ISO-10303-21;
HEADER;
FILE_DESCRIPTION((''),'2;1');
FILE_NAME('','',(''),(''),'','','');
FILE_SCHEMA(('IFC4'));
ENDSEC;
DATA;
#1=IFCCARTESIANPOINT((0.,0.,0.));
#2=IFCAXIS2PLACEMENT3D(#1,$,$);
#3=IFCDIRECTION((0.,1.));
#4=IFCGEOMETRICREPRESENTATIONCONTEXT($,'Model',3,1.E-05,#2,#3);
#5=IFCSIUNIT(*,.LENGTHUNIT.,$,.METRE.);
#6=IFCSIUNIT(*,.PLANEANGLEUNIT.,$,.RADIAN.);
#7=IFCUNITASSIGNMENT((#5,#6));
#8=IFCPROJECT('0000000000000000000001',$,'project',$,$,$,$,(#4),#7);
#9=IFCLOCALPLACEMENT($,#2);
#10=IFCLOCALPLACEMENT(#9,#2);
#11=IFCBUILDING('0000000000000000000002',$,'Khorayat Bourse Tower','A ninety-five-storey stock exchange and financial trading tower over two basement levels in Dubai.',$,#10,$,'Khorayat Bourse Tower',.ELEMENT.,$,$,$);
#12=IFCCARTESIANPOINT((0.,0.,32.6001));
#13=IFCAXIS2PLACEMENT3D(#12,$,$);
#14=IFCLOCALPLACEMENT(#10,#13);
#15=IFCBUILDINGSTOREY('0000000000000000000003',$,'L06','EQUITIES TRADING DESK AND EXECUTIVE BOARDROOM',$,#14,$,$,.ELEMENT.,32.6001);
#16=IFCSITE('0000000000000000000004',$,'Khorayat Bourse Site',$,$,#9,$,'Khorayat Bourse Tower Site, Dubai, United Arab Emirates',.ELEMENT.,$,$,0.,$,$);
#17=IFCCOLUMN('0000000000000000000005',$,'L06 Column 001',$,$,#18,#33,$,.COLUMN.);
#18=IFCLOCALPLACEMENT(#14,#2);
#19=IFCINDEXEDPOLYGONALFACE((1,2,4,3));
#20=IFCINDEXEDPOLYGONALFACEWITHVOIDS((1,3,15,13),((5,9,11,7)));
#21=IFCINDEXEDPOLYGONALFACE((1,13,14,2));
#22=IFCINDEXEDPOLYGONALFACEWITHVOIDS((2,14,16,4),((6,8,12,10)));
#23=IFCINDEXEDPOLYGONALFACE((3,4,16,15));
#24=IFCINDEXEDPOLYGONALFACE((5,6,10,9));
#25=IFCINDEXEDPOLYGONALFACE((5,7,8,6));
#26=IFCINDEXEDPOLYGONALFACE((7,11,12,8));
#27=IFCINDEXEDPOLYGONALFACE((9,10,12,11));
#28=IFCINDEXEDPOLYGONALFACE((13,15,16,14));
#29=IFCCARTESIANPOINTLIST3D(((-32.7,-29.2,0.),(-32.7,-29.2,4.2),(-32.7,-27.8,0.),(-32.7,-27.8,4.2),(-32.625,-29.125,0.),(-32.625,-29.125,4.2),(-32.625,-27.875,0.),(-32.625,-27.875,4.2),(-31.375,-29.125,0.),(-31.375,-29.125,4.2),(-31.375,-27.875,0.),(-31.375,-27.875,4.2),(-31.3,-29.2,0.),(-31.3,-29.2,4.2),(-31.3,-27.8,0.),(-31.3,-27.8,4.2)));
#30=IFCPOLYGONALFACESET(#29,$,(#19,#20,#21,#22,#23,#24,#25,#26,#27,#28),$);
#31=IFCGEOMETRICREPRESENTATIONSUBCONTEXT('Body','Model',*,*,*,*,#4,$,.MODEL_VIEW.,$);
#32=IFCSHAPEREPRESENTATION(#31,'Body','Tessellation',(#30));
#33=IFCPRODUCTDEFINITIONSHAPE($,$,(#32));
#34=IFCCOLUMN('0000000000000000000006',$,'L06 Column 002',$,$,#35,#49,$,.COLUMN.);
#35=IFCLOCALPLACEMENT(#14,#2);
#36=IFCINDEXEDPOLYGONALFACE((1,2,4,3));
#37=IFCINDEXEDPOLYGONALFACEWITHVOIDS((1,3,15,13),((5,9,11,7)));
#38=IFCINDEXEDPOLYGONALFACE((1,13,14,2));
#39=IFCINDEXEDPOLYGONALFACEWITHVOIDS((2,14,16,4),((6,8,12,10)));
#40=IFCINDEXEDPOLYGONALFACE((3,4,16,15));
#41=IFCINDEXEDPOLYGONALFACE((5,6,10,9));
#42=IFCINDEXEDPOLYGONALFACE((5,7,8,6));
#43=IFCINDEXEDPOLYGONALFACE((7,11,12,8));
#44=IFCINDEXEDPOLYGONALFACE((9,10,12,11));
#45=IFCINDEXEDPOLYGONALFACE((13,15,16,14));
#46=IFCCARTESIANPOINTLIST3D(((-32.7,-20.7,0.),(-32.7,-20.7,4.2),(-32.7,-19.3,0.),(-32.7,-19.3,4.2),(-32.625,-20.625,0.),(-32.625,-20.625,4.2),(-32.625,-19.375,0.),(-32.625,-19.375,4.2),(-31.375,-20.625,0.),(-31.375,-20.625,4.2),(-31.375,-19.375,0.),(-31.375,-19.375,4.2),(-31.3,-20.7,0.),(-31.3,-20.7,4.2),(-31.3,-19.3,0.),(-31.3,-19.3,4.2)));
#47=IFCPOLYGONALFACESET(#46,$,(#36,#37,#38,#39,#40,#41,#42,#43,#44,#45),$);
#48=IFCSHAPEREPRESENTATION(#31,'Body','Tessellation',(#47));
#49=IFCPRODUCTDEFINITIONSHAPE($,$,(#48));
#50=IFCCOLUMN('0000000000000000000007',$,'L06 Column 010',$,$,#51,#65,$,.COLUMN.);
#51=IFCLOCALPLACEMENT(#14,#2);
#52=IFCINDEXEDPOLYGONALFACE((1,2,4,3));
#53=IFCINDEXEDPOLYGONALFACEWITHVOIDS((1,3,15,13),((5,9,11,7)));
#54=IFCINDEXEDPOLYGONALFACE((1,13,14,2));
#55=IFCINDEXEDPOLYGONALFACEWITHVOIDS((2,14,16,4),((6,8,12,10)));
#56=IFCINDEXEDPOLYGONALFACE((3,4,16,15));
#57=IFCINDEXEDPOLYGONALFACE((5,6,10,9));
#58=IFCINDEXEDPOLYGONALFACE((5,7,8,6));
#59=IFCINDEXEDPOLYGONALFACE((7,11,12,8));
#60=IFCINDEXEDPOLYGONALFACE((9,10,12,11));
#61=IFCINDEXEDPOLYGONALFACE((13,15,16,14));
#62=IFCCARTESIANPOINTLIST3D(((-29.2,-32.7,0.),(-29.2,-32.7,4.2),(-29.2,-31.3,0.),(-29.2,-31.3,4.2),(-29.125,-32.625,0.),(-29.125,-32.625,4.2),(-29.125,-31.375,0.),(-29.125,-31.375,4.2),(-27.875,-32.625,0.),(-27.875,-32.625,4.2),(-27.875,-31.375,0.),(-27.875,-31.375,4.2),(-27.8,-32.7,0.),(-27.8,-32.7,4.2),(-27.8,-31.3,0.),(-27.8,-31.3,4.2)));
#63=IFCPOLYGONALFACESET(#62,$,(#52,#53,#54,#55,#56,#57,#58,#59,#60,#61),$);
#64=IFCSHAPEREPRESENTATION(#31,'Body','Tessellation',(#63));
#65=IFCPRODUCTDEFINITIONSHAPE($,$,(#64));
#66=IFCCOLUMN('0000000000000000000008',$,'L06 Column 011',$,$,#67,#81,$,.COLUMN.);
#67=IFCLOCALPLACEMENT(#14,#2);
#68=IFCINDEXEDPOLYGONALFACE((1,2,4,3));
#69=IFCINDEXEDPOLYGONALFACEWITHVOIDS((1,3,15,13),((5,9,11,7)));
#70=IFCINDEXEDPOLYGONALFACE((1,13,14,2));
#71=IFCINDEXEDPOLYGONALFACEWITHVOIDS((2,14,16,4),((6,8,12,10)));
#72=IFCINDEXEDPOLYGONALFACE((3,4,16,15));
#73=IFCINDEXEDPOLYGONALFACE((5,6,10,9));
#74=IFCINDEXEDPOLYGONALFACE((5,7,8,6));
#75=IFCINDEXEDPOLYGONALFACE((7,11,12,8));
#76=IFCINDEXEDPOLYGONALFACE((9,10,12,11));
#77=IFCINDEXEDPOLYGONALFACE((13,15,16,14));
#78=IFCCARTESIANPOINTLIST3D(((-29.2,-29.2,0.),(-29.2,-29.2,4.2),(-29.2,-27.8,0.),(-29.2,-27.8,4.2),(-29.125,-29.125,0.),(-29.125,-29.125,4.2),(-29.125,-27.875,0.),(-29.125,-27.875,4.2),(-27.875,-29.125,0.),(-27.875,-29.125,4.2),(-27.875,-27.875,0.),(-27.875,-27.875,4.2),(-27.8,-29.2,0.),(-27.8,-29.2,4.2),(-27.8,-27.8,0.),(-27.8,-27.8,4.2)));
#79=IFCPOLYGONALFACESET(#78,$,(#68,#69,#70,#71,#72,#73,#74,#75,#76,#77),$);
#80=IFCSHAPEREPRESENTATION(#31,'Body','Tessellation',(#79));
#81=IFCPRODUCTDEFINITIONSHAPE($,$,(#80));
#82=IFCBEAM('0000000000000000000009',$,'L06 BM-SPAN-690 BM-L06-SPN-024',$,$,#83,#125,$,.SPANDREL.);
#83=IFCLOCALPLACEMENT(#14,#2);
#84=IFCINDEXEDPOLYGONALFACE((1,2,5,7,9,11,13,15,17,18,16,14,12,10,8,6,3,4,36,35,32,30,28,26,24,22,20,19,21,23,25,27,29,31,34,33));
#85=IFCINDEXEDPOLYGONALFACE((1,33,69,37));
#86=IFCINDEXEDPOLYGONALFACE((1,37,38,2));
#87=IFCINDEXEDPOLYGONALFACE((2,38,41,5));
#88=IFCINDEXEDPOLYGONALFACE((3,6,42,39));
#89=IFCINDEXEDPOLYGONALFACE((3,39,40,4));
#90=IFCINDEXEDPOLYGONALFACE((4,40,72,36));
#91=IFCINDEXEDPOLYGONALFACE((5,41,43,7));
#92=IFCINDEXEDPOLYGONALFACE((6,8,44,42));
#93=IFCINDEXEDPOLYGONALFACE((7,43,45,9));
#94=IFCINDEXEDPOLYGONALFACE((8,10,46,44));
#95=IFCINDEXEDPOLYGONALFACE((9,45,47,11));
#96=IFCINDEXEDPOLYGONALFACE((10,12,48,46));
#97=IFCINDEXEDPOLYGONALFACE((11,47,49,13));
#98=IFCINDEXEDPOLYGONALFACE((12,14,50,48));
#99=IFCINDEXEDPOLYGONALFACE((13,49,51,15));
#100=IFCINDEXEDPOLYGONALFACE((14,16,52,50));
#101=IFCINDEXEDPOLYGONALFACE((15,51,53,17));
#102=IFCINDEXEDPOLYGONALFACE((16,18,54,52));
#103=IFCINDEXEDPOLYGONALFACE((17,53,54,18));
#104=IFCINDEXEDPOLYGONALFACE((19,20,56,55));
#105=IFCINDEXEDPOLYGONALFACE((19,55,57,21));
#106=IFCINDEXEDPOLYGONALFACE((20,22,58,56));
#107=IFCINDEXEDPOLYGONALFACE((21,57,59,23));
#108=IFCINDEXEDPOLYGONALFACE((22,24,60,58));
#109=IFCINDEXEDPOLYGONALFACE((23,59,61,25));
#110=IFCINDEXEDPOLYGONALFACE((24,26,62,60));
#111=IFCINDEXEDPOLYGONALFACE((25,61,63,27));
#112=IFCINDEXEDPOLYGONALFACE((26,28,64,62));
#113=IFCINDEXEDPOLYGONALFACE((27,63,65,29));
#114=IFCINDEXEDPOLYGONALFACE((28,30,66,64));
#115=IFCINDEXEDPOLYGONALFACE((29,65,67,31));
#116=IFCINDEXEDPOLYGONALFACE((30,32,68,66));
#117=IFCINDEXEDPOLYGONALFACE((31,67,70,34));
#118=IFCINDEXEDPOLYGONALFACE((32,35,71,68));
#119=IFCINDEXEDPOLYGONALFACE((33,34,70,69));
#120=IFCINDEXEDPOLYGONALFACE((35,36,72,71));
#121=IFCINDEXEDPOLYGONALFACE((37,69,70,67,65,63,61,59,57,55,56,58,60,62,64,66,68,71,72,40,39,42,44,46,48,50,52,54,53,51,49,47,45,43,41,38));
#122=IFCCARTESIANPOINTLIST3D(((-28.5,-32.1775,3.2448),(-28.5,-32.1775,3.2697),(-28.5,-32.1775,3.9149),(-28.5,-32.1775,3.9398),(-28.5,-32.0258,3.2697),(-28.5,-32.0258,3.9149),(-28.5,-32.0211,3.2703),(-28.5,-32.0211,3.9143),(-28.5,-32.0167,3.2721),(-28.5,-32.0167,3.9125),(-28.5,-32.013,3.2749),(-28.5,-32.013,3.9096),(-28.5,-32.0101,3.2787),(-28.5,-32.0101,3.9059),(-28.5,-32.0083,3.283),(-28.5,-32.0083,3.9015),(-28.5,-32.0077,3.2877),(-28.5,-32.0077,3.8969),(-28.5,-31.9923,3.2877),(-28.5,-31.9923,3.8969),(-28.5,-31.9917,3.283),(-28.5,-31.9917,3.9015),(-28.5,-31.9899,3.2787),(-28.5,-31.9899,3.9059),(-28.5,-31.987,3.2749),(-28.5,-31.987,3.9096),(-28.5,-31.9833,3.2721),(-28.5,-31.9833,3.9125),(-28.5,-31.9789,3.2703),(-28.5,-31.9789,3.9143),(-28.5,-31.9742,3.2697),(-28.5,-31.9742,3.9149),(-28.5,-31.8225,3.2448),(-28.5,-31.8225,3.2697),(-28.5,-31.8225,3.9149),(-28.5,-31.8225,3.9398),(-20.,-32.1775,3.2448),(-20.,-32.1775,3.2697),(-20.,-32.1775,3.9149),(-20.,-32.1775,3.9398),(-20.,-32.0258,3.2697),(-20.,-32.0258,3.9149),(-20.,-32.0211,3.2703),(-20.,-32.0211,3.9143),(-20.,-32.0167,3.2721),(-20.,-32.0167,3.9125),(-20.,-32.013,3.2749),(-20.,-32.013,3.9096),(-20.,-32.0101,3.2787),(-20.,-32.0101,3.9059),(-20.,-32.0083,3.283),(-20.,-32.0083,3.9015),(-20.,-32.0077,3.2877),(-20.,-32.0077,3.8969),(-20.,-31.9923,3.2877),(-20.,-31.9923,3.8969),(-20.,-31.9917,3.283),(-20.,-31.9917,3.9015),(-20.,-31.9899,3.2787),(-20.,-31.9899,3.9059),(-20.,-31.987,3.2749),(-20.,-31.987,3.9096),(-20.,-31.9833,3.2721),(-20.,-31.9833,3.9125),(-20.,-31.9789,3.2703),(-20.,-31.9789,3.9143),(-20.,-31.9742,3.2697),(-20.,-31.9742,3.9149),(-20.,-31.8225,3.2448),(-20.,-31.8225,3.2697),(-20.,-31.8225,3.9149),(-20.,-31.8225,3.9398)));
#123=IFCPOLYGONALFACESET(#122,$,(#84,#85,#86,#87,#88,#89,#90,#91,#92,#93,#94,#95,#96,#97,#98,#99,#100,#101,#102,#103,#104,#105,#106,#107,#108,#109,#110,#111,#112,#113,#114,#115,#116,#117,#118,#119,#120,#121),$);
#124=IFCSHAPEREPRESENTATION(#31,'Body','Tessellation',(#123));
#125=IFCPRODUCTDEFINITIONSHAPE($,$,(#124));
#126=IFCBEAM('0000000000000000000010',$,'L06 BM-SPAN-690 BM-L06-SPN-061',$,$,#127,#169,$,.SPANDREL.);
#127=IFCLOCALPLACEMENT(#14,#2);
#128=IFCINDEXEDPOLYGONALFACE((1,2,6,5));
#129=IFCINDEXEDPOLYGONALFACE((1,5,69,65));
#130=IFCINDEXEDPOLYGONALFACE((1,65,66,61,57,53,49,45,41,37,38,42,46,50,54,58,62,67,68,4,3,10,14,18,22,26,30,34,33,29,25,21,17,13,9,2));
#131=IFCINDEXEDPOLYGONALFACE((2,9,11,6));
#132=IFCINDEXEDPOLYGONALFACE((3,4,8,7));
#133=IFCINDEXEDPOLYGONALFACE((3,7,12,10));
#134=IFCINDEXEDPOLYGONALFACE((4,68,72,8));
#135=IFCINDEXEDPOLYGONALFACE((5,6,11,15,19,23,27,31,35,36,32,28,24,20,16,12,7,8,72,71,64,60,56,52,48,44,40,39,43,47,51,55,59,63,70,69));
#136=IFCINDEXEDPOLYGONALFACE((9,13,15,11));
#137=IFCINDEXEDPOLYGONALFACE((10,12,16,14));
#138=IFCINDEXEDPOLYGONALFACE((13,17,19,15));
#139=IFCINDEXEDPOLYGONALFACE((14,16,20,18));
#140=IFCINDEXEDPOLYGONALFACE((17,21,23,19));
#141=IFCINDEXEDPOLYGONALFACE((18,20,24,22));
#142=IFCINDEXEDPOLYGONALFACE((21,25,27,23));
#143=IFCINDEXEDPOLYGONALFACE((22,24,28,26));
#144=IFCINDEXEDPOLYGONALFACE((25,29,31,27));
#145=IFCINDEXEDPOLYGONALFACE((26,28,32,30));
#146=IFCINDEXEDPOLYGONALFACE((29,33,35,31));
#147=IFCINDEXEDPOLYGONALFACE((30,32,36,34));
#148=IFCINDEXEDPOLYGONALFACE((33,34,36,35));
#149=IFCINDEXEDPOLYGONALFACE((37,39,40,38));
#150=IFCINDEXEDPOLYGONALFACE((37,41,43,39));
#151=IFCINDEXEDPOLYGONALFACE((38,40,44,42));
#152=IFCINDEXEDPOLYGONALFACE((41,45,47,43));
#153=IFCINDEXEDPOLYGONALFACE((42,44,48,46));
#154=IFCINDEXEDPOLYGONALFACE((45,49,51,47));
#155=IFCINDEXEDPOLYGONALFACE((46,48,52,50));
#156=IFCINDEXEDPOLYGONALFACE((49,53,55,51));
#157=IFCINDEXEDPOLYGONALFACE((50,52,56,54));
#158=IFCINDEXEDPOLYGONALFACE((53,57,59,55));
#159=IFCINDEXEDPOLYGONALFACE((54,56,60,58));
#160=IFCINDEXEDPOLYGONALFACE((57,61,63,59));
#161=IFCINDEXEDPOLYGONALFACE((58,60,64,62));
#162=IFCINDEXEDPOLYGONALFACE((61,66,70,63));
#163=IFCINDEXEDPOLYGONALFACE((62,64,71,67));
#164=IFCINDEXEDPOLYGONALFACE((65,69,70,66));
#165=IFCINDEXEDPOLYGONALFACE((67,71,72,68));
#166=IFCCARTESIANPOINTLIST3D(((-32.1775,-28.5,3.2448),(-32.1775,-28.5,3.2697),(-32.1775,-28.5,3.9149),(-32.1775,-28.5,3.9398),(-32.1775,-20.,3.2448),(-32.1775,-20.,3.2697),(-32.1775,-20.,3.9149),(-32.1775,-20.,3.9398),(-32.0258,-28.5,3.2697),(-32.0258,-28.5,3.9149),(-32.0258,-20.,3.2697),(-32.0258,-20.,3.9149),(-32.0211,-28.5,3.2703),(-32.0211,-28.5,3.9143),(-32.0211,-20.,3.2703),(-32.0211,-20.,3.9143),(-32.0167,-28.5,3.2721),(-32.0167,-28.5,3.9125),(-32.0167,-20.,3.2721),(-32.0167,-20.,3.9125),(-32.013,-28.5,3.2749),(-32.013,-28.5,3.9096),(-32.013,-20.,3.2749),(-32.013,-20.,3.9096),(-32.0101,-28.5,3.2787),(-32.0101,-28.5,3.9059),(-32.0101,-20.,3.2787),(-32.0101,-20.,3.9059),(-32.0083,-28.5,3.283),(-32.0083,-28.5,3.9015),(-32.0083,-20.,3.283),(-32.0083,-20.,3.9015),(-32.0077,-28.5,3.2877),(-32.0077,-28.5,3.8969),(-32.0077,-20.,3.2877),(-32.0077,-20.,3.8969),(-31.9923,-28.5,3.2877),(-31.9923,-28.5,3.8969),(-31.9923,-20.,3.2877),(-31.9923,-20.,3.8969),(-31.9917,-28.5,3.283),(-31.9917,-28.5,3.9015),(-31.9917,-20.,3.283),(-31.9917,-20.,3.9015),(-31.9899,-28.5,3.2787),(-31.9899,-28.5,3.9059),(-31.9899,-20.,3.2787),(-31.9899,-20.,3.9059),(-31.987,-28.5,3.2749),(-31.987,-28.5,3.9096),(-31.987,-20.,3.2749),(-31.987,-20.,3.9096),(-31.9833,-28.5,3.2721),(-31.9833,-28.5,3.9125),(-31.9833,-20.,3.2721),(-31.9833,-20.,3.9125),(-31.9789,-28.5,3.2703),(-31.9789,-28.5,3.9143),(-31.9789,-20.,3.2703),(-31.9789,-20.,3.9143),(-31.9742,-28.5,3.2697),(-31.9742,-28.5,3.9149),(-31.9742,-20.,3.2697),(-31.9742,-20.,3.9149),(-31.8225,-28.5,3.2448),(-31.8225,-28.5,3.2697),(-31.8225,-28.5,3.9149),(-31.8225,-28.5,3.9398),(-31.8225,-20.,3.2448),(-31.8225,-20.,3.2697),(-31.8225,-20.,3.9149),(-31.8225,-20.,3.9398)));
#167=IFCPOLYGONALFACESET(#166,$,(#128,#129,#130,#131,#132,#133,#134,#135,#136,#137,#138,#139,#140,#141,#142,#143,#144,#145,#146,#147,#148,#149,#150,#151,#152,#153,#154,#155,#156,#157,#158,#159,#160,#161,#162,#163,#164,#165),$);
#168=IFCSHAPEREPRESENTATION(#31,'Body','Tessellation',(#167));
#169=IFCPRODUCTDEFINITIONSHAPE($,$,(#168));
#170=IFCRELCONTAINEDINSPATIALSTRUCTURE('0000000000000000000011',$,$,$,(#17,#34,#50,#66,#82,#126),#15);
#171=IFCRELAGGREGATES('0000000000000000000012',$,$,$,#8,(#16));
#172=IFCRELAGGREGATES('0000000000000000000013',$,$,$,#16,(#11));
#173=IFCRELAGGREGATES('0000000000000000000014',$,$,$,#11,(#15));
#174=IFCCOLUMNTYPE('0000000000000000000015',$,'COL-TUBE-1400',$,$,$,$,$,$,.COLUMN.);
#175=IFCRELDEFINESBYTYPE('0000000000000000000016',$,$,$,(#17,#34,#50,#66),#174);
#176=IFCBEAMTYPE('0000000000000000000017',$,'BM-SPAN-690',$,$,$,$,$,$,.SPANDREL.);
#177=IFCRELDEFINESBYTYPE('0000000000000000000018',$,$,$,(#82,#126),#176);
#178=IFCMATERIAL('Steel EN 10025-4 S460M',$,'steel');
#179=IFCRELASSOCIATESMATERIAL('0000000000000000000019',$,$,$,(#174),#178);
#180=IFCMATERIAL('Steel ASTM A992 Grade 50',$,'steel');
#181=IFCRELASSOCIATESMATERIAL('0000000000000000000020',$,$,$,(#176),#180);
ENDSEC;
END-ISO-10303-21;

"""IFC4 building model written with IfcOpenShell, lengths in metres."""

from ifc_helpers import new_model, si_unit, direction, frame, origin, origin_2d, place, context, subcontext, project, spatial, hollow_rectangle, i_section, extrude, source, transform, mapped, material, material_profile, profile_set, type_object, element, save


model = new_model("IFC4")

# Units and contexts
model_context = context("Model", 3, precision=1e-05, world=origin(), true_north=direction((0.0, 1.0)))
body_context = subcontext(model_context, "Body", "Model", "MODEL_VIEW")
ifc_project = project(units=[si_unit("LENGTHUNIT", "METRE"), si_unit("PLANEANGLEUNIT", "RADIAN")], contexts=[model_context])

# Site, building, storey
site_placement = place(None, origin())
site = spatial("IfcSite", under=ifc_project, at=site_placement, Name="Khorayat Bourse Site", LongName="Khorayat Bourse Tower Site, Dubai, United Arab Emirates", CompositionType="ELEMENT", RefElevation=0.0)
building_placement = place(site_placement, origin())
building = spatial("IfcBuilding", under=site, at=building_placement, Name="Khorayat Bourse Tower", Description="A ninety-five-storey stock exchange and financial trading tower over two basement levels in Dubai.", LongName="Khorayat Bourse Tower", CompositionType="ELEMENT")
storey_placement = place(building_placement, frame((0.0, 0.0, 32.6001)))
storey = spatial("IfcBuildingStorey", under=building, at=storey_placement, Name="L06", Description="EQUITIES TRADING DESK AND EXECUTIVE BOARDROOM", CompositionType="ELEMENT", Elevation=32.6001)

# Columns
ifc_material_1 = material(Name="Steel EN 10025-4 S460M", Category="steel")
ifc_material_profile_1 = material_profile(ifc_material_1, hollow_rectangle(XDim=1.3999, YDim=1.3999, WallThickness=0.075, at=origin_2d()), Name="BOX 1400x1400x75")
ifc_profile_set_1 = profile_set([ifc_material_profile_1], Name="Steel EN 10025-4 S460M")
column_type = type_object("IfcColumnType", Name="COL-TUBE-1400", PredefinedType="COLUMN", material=ifc_profile_set_1)
shared_shape_1 = source(origin(), body_context, "Body", "SweptSolid", [
    extrude(hollow_rectangle(XDim=1.3999, YDim=1.3999, WallThickness=0.075, at=origin_2d()), origin(), (0.0, 0.0, 1.0), 4.2),
])
for number, where, z_axis, x_axis, name in (
    (1, (-32.0, -28.5, 0.0), (0.0, 0.0, 1.0), (1.0, 0.0, 0.0), "L06 Column 001"),
    (2, (-32.0, -20.0, 0.0), (0.0, 0.0, 1.0), (1.0, 0.0, 0.0), "L06 Column 002"),
    (3, (-28.5, -32.0, 0.0), (0.0, 0.0, 1.0), (1.0, 0.0, 0.0), "L06 Column 010"),
    (4, (-28.5, -28.5, 0.0), (0.0, 0.0, 1.0), (1.0, 0.0, 0.0), "L06 Column 011"),
):
    element("IfcColumn", number, at=place(storey_placement, frame(where, z_axis=z_axis, x_axis=x_axis)), inside=storey, type_object=column_type, Name=name, PredefinedType="COLUMN", context=body_context, shape_type="MappedRepresentation", body=[
        mapped(shared_shape_1, transform((0.0, 0.0, 0.0), scale=1.0)),
    ])

# Beams
ifc_material_2 = material(Name="Steel ASTM A992 Grade 50", Category="steel")
ifc_material_profile_2 = material_profile(ifc_material_2, i_section(OverallWidth=0.355, OverallDepth=0.6951, WebThickness=0.0154, FlangeThickness=0.0249, FilletRadius=0.0181, at=origin_2d()), Name="W690X217")
ifc_profile_set_2 = profile_set([ifc_material_profile_2], Name="Steel ASTM A992 Grade 50")
beam_type_1 = type_object("IfcBeamType", Name="BM-SPAN-690", PredefinedType="SPANDREL", material=ifc_profile_set_2)
shared_shape_2 = source(origin(), body_context, "Body", "SweptSolid", [
    extrude(i_section(OverallWidth=0.355, OverallDepth=0.6951, WebThickness=0.0154, FlangeThickness=0.0249, FilletRadius=0.0181, at=origin_2d()), origin(), (0.0, 0.0, 1.0), 8.5),
])
for number, where, z_axis, x_axis, name in (
    (5, (-28.5, -32.0, 3.5923), (1.0, 0.0, 0.0), (0.0, 1.0, 0.0), "L06 BM-SPAN-690 BM-L06-SPN-024"),
    (6, (-32.0, -28.5, 3.5923), (0.0, 1.0, 0.0), (-1.0, 0.0, 0.0), "L06 BM-SPAN-690 BM-L06-SPN-061"),
):
    element("IfcBeam", number, at=place(storey_placement, frame(where, z_axis=z_axis, x_axis=x_axis)), inside=storey, type_object=beam_type_1, Name=name, PredefinedType="SPANDREL", context=body_context, shape_type="MappedRepresentation", body=[
        mapped(shared_shape_2, transform((0.0, 0.0, 0.0), scale=1.0)),
    ])

save(model, "model.ifc")
